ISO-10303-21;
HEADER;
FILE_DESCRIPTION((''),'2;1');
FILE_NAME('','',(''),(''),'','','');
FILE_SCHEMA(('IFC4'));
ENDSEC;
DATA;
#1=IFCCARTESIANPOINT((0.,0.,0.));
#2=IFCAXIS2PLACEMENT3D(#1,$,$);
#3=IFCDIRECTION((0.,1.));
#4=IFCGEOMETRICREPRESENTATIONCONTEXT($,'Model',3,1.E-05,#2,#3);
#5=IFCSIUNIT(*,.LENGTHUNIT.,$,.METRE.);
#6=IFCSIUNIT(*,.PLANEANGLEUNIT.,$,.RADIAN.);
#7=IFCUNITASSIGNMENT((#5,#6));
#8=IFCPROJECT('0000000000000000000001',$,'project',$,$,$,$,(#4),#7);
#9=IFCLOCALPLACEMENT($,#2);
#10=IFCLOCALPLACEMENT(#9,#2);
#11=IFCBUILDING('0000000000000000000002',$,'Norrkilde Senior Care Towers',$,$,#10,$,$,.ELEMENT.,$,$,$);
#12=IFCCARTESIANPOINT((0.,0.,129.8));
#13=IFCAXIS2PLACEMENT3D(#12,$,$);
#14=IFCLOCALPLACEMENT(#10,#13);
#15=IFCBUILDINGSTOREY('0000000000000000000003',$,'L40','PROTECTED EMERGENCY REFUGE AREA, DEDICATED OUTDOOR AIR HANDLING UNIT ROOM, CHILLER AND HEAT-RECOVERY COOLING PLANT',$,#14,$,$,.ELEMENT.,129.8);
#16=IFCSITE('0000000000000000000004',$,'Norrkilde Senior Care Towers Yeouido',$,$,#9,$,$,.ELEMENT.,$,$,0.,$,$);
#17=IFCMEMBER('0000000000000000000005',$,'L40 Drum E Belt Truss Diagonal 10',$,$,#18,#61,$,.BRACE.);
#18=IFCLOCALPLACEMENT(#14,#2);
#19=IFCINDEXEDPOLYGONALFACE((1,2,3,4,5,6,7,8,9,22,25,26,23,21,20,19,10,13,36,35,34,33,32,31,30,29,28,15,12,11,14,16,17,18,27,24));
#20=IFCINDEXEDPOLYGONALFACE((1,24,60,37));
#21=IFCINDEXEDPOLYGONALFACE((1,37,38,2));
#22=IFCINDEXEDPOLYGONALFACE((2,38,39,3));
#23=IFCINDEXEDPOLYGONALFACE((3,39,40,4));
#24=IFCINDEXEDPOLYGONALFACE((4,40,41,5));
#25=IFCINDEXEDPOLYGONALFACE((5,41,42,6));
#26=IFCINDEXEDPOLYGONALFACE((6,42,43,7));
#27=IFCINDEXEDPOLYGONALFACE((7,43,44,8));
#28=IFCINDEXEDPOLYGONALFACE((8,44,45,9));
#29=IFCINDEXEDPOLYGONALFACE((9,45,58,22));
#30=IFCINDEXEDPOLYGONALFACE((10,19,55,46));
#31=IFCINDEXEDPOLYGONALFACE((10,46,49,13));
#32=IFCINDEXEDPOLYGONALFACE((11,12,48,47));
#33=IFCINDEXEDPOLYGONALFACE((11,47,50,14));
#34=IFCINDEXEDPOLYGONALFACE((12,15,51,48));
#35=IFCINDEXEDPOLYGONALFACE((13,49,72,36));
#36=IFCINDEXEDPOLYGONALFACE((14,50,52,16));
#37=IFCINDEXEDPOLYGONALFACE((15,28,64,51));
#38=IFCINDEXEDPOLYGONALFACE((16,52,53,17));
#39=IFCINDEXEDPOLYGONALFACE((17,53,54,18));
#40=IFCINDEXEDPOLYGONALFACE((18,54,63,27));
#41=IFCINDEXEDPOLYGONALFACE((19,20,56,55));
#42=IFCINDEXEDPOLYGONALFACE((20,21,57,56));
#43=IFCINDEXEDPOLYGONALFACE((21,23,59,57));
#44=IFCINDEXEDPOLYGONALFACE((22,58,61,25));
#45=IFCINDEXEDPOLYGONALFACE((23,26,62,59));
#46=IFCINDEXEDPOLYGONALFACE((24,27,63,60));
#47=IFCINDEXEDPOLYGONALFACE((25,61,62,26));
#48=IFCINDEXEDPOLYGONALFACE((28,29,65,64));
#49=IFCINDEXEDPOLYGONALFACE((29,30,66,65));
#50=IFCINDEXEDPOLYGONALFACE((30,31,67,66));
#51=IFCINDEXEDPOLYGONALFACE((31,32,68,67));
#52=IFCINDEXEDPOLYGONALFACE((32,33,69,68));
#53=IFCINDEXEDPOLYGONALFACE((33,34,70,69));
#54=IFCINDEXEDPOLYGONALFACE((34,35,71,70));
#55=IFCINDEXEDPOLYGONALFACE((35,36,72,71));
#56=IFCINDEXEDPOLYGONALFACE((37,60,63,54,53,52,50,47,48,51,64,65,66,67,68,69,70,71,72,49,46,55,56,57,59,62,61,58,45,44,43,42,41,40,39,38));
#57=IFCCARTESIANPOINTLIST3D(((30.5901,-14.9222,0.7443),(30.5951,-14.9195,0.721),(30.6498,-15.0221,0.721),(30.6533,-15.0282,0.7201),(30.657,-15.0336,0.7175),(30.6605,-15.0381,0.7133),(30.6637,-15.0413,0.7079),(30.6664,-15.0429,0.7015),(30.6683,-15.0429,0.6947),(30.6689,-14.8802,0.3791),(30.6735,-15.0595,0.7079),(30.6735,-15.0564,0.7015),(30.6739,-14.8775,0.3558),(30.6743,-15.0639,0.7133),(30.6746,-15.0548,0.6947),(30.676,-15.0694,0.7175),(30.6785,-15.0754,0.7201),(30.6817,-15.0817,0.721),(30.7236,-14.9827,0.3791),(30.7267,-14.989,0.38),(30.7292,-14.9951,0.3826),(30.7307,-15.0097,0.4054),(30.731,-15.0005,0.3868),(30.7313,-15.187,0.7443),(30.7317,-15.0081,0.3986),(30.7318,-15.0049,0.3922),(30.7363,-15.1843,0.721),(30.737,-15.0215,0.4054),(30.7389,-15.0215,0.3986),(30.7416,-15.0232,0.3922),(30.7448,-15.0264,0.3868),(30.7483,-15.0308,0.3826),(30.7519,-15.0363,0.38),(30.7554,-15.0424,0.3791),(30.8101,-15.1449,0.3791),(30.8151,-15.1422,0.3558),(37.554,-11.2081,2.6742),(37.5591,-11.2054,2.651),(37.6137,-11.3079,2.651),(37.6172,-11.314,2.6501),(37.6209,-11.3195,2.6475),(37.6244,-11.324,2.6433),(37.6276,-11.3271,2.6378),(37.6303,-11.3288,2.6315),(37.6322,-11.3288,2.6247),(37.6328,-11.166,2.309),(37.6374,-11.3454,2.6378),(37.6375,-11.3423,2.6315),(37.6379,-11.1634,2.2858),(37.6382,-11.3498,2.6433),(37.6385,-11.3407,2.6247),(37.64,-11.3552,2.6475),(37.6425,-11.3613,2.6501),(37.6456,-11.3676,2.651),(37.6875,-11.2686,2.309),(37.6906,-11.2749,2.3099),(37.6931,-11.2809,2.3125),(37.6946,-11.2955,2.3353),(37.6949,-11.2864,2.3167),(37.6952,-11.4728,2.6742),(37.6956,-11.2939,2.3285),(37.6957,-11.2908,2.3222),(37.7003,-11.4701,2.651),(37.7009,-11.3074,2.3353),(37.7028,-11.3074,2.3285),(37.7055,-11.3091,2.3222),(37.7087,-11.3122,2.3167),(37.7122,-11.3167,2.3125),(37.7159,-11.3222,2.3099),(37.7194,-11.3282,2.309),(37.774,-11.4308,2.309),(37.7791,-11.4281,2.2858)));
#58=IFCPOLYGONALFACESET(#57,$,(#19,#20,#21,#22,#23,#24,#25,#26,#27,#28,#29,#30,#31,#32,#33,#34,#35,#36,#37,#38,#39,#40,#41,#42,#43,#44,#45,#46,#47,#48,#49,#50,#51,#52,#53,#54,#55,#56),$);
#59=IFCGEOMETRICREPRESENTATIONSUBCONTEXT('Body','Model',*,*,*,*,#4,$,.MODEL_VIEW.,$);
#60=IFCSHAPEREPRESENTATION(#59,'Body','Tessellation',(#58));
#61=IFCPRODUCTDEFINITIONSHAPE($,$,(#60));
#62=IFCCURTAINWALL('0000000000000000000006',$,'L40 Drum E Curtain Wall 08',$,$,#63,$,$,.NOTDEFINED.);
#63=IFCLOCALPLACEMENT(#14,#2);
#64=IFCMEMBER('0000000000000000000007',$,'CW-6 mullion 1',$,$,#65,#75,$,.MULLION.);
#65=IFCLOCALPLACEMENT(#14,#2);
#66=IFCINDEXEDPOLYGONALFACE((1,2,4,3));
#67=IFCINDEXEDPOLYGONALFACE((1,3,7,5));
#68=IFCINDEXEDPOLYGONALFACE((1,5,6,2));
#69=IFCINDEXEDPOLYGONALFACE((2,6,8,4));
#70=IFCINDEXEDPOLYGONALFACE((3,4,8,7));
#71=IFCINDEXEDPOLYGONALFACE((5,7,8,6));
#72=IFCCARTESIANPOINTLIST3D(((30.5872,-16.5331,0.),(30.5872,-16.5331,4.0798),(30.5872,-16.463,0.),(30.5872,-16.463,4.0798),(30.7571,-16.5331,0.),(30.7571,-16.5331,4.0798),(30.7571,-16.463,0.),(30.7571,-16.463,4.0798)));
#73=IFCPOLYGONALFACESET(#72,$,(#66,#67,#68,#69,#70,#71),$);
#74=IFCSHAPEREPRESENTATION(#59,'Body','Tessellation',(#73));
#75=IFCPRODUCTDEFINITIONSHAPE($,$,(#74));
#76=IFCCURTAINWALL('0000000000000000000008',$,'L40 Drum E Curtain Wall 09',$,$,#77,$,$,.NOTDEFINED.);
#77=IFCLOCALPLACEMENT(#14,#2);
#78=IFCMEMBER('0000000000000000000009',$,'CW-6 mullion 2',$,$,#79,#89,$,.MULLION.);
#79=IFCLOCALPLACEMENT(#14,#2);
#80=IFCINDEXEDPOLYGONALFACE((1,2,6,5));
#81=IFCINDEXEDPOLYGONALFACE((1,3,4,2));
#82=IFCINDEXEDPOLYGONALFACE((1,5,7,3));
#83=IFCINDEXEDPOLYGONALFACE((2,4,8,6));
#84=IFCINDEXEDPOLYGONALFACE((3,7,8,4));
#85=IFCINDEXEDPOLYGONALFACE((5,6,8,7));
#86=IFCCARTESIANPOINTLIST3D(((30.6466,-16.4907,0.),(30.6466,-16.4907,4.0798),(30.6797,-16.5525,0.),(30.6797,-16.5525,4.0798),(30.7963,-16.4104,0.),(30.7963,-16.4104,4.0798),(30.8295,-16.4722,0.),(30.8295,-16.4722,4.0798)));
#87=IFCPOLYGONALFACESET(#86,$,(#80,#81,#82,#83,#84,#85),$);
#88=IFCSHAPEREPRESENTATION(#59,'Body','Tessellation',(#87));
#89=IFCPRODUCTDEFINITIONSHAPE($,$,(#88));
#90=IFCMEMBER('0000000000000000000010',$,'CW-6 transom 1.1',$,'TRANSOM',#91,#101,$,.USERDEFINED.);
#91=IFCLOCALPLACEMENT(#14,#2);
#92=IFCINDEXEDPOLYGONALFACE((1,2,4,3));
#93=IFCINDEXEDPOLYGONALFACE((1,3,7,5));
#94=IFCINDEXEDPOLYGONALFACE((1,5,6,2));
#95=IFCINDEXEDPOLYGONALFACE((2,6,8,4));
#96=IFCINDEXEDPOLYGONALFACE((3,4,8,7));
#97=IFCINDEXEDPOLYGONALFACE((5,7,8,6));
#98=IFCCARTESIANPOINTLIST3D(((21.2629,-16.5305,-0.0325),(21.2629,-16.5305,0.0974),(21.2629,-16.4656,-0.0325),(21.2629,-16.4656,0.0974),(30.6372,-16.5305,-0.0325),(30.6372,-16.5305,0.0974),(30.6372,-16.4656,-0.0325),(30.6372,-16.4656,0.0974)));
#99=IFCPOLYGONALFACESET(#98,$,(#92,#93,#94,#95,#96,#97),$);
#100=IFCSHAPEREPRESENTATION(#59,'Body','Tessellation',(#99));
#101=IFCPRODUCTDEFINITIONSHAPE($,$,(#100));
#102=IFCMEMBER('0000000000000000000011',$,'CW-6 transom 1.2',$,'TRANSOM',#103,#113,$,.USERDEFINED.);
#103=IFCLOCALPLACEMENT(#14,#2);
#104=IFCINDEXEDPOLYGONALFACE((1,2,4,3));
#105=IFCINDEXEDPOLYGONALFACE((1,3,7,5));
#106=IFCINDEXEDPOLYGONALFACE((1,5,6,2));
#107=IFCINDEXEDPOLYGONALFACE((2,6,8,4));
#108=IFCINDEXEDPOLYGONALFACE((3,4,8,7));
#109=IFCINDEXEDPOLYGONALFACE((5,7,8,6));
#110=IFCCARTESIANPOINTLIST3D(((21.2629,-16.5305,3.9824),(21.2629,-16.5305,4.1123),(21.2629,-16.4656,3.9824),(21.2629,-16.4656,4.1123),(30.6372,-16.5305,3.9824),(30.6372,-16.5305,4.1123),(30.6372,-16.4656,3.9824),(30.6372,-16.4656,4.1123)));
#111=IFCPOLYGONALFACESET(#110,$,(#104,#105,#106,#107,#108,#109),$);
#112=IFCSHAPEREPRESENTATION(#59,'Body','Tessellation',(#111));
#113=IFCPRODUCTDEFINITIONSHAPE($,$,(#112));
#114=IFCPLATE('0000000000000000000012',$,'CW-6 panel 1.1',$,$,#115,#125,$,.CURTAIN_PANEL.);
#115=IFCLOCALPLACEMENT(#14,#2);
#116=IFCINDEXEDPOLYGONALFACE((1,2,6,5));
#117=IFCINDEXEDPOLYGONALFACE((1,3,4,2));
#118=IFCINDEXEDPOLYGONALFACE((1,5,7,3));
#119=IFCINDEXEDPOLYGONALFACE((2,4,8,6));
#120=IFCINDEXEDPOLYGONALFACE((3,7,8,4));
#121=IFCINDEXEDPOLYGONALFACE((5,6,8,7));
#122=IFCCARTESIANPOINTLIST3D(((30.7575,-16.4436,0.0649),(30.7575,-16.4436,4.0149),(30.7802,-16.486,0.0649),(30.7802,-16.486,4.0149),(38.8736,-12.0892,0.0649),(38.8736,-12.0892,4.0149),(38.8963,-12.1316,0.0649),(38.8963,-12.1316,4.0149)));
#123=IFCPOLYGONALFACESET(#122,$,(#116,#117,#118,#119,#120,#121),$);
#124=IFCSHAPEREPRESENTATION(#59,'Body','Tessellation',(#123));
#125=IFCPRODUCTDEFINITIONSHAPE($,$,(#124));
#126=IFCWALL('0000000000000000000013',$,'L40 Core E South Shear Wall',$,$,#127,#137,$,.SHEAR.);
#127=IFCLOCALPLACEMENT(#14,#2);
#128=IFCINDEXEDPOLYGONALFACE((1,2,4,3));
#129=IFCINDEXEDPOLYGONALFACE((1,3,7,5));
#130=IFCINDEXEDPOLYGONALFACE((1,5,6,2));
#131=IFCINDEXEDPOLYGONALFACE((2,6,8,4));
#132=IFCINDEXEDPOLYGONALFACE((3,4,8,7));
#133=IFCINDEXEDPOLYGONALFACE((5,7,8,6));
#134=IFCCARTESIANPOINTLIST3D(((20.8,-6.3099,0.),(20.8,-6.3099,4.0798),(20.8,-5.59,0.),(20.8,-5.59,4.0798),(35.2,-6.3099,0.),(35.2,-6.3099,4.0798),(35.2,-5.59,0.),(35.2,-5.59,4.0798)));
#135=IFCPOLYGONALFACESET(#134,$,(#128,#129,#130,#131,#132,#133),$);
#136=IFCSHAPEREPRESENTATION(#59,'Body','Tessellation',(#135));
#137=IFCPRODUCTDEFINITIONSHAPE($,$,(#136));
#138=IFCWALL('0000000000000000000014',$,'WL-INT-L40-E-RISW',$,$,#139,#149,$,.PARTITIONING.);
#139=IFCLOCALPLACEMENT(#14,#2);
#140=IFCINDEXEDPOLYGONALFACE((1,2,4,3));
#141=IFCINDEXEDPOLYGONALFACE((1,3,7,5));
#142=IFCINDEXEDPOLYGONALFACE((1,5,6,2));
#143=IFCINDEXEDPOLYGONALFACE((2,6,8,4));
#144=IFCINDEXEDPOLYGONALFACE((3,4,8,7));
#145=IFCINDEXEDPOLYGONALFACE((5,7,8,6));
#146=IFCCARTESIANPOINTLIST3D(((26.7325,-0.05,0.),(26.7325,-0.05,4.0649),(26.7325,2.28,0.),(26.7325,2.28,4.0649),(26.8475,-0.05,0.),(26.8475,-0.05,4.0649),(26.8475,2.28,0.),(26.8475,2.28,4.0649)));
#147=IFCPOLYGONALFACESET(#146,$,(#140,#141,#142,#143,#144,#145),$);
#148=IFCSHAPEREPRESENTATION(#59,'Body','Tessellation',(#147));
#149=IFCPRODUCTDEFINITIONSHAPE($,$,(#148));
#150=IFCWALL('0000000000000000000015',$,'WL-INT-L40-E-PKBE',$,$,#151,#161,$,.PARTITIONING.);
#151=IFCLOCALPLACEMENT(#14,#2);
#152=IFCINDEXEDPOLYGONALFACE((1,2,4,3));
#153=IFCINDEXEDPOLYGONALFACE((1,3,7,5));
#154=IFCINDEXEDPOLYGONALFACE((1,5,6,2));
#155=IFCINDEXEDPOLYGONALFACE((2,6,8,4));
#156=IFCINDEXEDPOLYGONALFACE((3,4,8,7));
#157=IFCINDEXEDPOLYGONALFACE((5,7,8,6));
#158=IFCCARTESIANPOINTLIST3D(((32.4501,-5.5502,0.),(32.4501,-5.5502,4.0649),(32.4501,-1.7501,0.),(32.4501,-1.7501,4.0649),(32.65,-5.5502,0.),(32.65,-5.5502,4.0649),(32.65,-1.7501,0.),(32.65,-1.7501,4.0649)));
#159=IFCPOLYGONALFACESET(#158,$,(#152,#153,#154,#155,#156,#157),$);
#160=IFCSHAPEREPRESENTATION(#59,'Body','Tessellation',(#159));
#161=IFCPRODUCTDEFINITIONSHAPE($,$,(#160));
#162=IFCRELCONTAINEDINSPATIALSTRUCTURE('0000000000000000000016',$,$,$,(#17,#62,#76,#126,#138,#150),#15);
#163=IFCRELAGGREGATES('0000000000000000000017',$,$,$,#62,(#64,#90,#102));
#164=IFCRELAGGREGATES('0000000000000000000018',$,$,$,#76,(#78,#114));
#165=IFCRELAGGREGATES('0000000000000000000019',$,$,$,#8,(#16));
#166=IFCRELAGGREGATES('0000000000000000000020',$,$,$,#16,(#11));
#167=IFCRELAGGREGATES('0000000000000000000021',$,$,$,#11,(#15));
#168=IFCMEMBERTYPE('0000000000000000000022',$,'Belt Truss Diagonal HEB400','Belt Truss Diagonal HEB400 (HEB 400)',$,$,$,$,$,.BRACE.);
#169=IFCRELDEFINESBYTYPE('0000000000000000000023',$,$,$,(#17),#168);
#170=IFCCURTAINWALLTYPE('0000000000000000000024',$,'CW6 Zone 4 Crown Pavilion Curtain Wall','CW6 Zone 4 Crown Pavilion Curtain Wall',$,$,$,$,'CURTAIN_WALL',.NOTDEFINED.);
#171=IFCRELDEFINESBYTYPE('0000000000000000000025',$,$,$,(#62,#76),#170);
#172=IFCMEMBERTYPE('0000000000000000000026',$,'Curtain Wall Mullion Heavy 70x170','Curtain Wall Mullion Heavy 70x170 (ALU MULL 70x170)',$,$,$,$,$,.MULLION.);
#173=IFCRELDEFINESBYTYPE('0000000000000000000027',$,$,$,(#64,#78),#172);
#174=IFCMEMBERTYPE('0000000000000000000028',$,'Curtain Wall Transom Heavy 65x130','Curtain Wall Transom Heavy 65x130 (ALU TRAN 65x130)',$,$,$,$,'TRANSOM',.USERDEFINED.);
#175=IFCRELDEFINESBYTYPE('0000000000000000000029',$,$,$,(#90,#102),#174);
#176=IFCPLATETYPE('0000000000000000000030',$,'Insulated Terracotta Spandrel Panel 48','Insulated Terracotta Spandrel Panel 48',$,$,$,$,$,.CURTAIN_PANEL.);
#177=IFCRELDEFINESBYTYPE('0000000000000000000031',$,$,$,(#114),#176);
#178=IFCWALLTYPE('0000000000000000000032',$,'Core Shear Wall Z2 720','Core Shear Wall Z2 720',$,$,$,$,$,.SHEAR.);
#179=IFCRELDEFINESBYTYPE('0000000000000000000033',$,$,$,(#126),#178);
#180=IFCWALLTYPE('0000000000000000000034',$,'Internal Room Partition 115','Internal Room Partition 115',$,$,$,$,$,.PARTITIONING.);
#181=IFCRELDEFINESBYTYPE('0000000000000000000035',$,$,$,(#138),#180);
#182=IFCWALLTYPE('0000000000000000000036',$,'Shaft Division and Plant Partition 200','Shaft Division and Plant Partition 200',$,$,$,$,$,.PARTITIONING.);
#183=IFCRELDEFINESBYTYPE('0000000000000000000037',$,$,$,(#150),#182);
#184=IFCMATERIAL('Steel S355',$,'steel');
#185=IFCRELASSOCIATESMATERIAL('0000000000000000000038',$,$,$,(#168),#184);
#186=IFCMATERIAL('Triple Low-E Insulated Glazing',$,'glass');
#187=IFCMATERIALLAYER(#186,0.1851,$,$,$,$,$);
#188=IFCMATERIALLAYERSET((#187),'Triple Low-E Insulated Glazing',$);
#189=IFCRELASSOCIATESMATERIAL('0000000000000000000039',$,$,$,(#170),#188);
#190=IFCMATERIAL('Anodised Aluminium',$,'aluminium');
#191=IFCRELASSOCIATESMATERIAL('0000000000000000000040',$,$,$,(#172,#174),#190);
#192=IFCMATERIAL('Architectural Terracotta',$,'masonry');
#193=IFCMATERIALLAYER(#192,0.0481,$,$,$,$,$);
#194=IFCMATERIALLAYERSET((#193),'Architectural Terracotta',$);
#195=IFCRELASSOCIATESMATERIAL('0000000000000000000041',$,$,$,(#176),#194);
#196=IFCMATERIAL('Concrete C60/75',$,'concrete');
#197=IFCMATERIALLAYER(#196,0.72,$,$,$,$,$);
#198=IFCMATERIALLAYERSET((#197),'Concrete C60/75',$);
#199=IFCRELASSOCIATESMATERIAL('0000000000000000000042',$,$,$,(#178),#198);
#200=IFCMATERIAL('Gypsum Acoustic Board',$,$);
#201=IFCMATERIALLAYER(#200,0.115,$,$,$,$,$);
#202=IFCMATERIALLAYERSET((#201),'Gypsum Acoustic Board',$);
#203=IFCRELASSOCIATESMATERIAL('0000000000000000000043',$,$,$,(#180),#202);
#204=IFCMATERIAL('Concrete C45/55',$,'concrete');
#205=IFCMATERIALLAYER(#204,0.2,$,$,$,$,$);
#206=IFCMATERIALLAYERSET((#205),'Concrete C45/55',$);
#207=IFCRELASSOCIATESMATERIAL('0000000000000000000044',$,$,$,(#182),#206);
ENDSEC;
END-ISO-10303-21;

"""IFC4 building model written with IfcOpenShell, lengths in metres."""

from ifc_helpers import new_model, si_unit, direction, frame, frame_2d, origin, origin_2d, place, context, subcontext, project, spatial, rectangle, i_section, extrude, source, transform, mapped, material, layer, layer_set, material_profile, profile_set, type_object, type_shapes, element, aggregate, save


model = new_model("IFC4")

# Units and contexts
model_context = context("Model", 3, precision=1e-05, world=origin(), true_north=direction((0.0, 1.0)))
body_context = subcontext(model_context, "Body", "Model", "MODEL_VIEW")
ifc_project = project(units=[si_unit("LENGTHUNIT", "METRE"), si_unit("PLANEANGLEUNIT", "RADIAN")], contexts=[model_context])

# Site, building, storey
site_placement = place(None, origin())
site = spatial("IfcSite", under=ifc_project, at=site_placement, Name="Norrkilde Senior Care Towers Yeouido", CompositionType="ELEMENT", RefElevation=0.0)
building_placement = place(site_placement, origin())
building = spatial("IfcBuilding", under=site, at=building_placement, Name="Norrkilde Senior Care Towers", CompositionType="ELEMENT")
storey_placement = place(building_placement, frame((0.0, 0.0, 129.8)))
storey = spatial("IfcBuildingStorey", under=building, at=storey_placement, Name="L40", Description="PROTECTED EMERGENCY REFUGE AREA, DEDICATED OUTDOOR AIR HANDLING UNIT ROOM, CHILLER AND HEAT-RECOVERY COOLING PLANT", CompositionType="ELEMENT", Elevation=129.8)

# Shared definitions
ifc_material_1 = material(Name="Concrete C60/75", Category="concrete")

# Member
ifc_material_2 = material(Name="Steel S355", Category="steel")
ifc_material_profile_1 = material_profile(ifc_material_2, i_section(OverallWidth=0.3, OverallDepth=0.3999, WebThickness=0.0134, FlangeThickness=0.0239, FilletRadius=0.0271, at=origin_2d()), Name="HEB 400")
ifc_profile_set_1 = profile_set([ifc_material_profile_1], Name="Steel S355")
member_type_1 = type_object("IfcMemberType", Name="Belt Truss Diagonal HEB400", Description="Belt Truss Diagonal HEB400 (HEB 400)", PredefinedType="BRACE", material=ifc_profile_set_1)
shared_shape_1 = source(origin(), body_context, "Body", "SweptSolid", [
    extrude(i_section(OverallWidth=0.3, OverallDepth=0.3999, WebThickness=0.0134, FlangeThickness=0.0239, FilletRadius=0.0271, at=origin_2d()), origin(), (0.0, 0.0, 1.0), 8.125),
])
type_shapes(member_type_1, [shared_shape_1])
member_1_placement = place(storey_placement, frame((30.7026, -15.0322, 0.55), z_axis=(0.857097, 0.457125, 0.237532), x_axis=(-0.470593, 0.88235, 0.0)))
element("IfcMember", 1, at=member_1_placement, inside=storey, type_object=member_type_1, Name="L40 Drum E Belt Truss Diagonal 10", PredefinedType="BRACE", context=body_context, shape_type="MappedRepresentation", body=[
    mapped(shared_shape_1, transform((0.0, 0.0, 0.0), x_axis=(1.0, 0.0, 0.0), y_axis=(0.0, 1.0, 0.0), z_axis=(0.0, 0.0, 1.0), scale=1.0)),
])

# Curtain walls, members
ifc_material_3 = material(Name="Triple Low-E Insulated Glazing", Category="glass")
ifc_layer_1 = layer(ifc_material_3, 0.1851)
ifc_layer_set_1 = layer_set([ifc_layer_1], Name="Triple Low-E Insulated Glazing")
curtain_wall_type = type_object("IfcCurtainWallType", Name="CW6 Zone 4 Crown Pavilion Curtain Wall", Description="CW6 Zone 4 Crown Pavilion Curtain Wall", ElementType="CURTAIN_WALL", PredefinedType="NOTDEFINED", material=ifc_layer_set_1)
curtain_wall_1_placement = place(storey_placement, origin())
curtain_wall_1 = element("IfcCurtainWall", 2, at=curtain_wall_1_placement, inside=storey, type_object=curtain_wall_type, Name="L40 Drum E Curtain Wall 08", PredefinedType="NOTDEFINED")
ifc_material_4 = material(Name="Anodised Aluminium", Category="aluminium")
ifc_material_profile_2 = material_profile(ifc_material_4, rectangle(XDim=0.0701, YDim=0.1699, at=origin_2d()), Name="ALU MULL 70x170")
ifc_profile_set_2 = profile_set([ifc_material_profile_2], Name="Anodised Aluminium")
member_type_2 = type_object("IfcMemberType", Name="Curtain Wall Mullion Heavy 70x170", Description="Curtain Wall Mullion Heavy 70x170 (ALU MULL 70x170)", PredefinedType="MULLION", material=ifc_profile_set_2)
shared_shape_2 = source(origin(), body_context, "Body", "SweptSolid", [
    extrude(rectangle(XDim=0.0701, YDim=0.1699, at=origin_2d()), origin(), (0.0, 0.0, 1.0), 4.0798),
])
type_shapes(member_type_2, [shared_shape_2])
member_2_placement = place(storey_placement, frame((30.6721, -16.498, 0.0), z_axis=(0.0, 0.0, 1.0), x_axis=(0.0, -1.0, 0.0)))
member_2 = element("IfcMember", 3, at=member_2_placement, type_object=member_type_2, Name="CW-6 mullion 1", PredefinedType="MULLION", context=body_context, shape_type="MappedRepresentation", body=[
    mapped(shared_shape_2, transform((0.0, 0.0, 0.0), x_axis=(1.0, 0.0, 0.0), y_axis=(0.0, 1.0, 0.0), z_axis=(0.0, 0.0, 1.0), scale=1.0)),
])
curtain_wall_2_placement = place(storey_placement, origin())
curtain_wall_2 = element("IfcCurtainWall", 4, at=curtain_wall_2_placement, inside=storey, type_object=curtain_wall_type, Name="L40 Drum E Curtain Wall 09", PredefinedType="NOTDEFINED")
member_3_placement = place(storey_placement, frame((30.738, -16.4814, 0.0), z_axis=(0.0, 0.0, 1.0), x_axis=(0.472769, -0.881186, 0.0)))
member_3 = element("IfcMember", 5, at=member_3_placement, type_object=member_type_2, Name="CW-6 mullion 2", PredefinedType="MULLION", context=body_context, shape_type="MappedRepresentation", body=[
    mapped(shared_shape_2, transform((0.0, 0.0, 0.0), x_axis=(1.0, 0.0, 0.0), y_axis=(0.0, 1.0, 0.0), z_axis=(0.0, 0.0, 1.0), scale=1.0)),
])

# Members
ifc_material_profile_3 = material_profile(ifc_material_4, rectangle(XDim=0.0649, YDim=0.1299, at=origin_2d()), Name="ALU TRAN 65x130")
ifc_profile_set_3 = profile_set([ifc_material_profile_3], Name="Anodised Aluminium")
member_type_3 = type_object("IfcMemberType", Name="Curtain Wall Transom Heavy 65x130", Description="Curtain Wall Transom Heavy 65x130 (ALU TRAN 65x130)", ElementType="TRANSOM", PredefinedType="USERDEFINED", material=ifc_profile_set_3)
shared_shape_3 = source(origin(), body_context, "Body", "SweptSolid", [
    extrude(rectangle(XDim=0.0649, YDim=0.1299, at=origin_2d()), origin(), (0.0, 0.0, 1.0), 9.3743),
])
type_shapes(member_type_3, [shared_shape_3])
member_4_placement = place(storey_placement, frame((30.6372, -16.498, 0.0325), z_axis=(-1.0, 0.0, 0.0), x_axis=(0.0, -1.0, 0.0)))
member_4 = element("IfcMember", 6, at=member_4_placement, type_object=member_type_3, Name="CW-6 transom 1.1", ObjectType="TRANSOM", PredefinedType="USERDEFINED", context=body_context, shape_type="MappedRepresentation", body=[
    mapped(shared_shape_3, transform((0.0, 0.0, 0.0), x_axis=(1.0, 0.0, 0.0), y_axis=(0.0, 1.0, 0.0), z_axis=(0.0, 0.0, 1.0), scale=1.0)),
])
member_5_placement = place(storey_placement, frame((30.6372, -16.498, 4.0474), z_axis=(-1.0, 0.0, 0.0), x_axis=(0.0, -1.0, 0.0)))
member_5 = element("IfcMember", 7, at=member_5_placement, type_object=member_type_3, Name="CW-6 transom 1.2", ObjectType="TRANSOM", PredefinedType="USERDEFINED", context=body_context, shape_type="MappedRepresentation", body=[
    mapped(shared_shape_3, transform((0.0, 0.0, 0.0), x_axis=(1.0, 0.0, 0.0), y_axis=(0.0, 1.0, 0.0), z_axis=(0.0, 0.0, 1.0), scale=1.0)),
])
aggregate(curtain_wall_1, [member_2, member_4, member_5])

# Plate
ifc_material_5 = material(Name="Architectural Terracotta", Category="masonry")
ifc_layer_2 = layer(ifc_material_5, 0.0481)
ifc_layer_set_2 = layer_set([ifc_layer_2], Name="Architectural Terracotta")
plate_type = type_object("IfcPlateType", Name="Insulated Terracotta Spandrel Panel 48", Description="Insulated Terracotta Spandrel Panel 48", PredefinedType="CURTAIN_PANEL", material=ifc_layer_set_2)
shared_shape_4 = source(origin(), body_context, "Body", "SweptSolid", [
    extrude(rectangle(XDim=9.2104, YDim=0.0481, at=origin_2d()), origin(), (0.0, 0.0, 1.0), 3.95),
])
type_shapes(plate_type, [shared_shape_4])
plate_placement = place(storey_placement, frame((34.8269, -14.2876, 0.0649), z_axis=(0.0, 0.0, 1.0), x_axis=(-0.881186, -0.472769, 0.0)))
plate = element("IfcPlate", 8, at=plate_placement, type_object=plate_type, Name="CW-6 panel 1.1", PredefinedType="CURTAIN_PANEL", context=body_context, shape_type="MappedRepresentation", body=[
    mapped(shared_shape_4, transform((0.0, 0.0, 0.0), x_axis=(1.0, 0.0, 0.0), y_axis=(0.0, 1.0, 0.0), z_axis=(0.0, 0.0, 1.0), scale=1.0)),
])
aggregate(curtain_wall_2, [member_3, plate])

# Walls
ifc_layer_3 = layer(ifc_material_1, 0.72)
ifc_layer_set_3 = layer_set([ifc_layer_3], Name="Concrete C60/75")
wall_type_1 = type_object("IfcWallType", Name="Core Shear Wall Z2 720", Description="Core Shear Wall Z2 720", PredefinedType="SHEAR", material=ifc_layer_set_3)
shared_shape_5 = source(origin(), body_context, "Body", "SweptSolid", [
    extrude(rectangle(XDim=14.3999, YDim=0.72, at=frame_2d((7.2, 0.0))), origin(), (0.0, 0.0, 1.0), 4.0798),
])
type_shapes(wall_type_1, [shared_shape_5])
wall_1_placement = place(storey_placement, frame((35.2, -5.95, 0.0), z_axis=(0.0, 0.0, 1.0), x_axis=(-1.0, 0.0, 0.0)))
element("IfcWall", 9, at=wall_1_placement, inside=storey, type_object=wall_type_1, Name="L40 Core E South Shear Wall", PredefinedType="SHEAR", context=body_context, shape_type="MappedRepresentation", body=[
    mapped(shared_shape_5, transform((0.0, 0.0, 0.0), x_axis=(1.0, 0.0, 0.0), y_axis=(0.0, 1.0, 0.0), z_axis=(0.0, 0.0, 1.0), scale=1.0)),
])
ifc_material_6 = material(Name="Gypsum Acoustic Board")
ifc_layer_4 = layer(ifc_material_6, 0.115)
ifc_layer_set_4 = layer_set([ifc_layer_4], Name="Gypsum Acoustic Board")
wall_type_2 = type_object("IfcWallType", Name="Internal Room Partition 115", Description="Internal Room Partition 115", PredefinedType="PARTITIONING", material=ifc_layer_set_4)
shared_shape_6 = source(origin(), body_context, "Body", "SweptSolid", [
    extrude(rectangle(XDim=2.3301, YDim=0.115, at=frame_2d((1.165, 0.0))), origin(), (0.0, 0.0, 1.0), 4.0649),
])
type_shapes(wall_type_2, [shared_shape_6])
wall_2_placement = place(storey_placement, frame((26.79, -0.05, 0.0), z_axis=(0.0, 0.0, 1.0), x_axis=(0.0, 1.0, 0.0)))
element("IfcWall", 10, at=wall_2_placement, inside=storey, type_object=wall_type_2, Name="WL-INT-L40-E-RISW", PredefinedType="PARTITIONING", context=body_context, shape_type="MappedRepresentation", body=[
    mapped(shared_shape_6, transform((0.0, 0.0, 0.0), x_axis=(1.0, 0.0, 0.0), y_axis=(0.0, 1.0, 0.0), z_axis=(0.0, 0.0, 1.0), scale=1.0)),
])
ifc_material_7 = material(Name="Concrete C45/55", Category="concrete")
ifc_layer_5 = layer(ifc_material_7, 0.2)
ifc_layer_set_5 = layer_set([ifc_layer_5], Name="Concrete C45/55")
wall_type_3 = type_object("IfcWallType", Name="Shaft Division and Plant Partition 200", Description="Shaft Division and Plant Partition 200", PredefinedType="PARTITIONING", material=ifc_layer_set_5)
shared_shape_7 = source(origin(), body_context, "Body", "SweptSolid", [
    extrude(rectangle(XDim=3.8, YDim=0.2, at=frame_2d((1.8999, 0.0))), origin(), (0.0, 0.0, 1.0), 4.0649),
])
type_shapes(wall_type_3, [shared_shape_7])
wall_3_placement = place(storey_placement, frame((32.55, -5.55, 0.0), z_axis=(0.0, 0.0, 1.0), x_axis=(0.0, 1.0, 0.0)))
element("IfcWall", 11, at=wall_3_placement, inside=storey, type_object=wall_type_3, Name="WL-INT-L40-E-PKBE", PredefinedType="PARTITIONING", context=body_context, shape_type="MappedRepresentation", body=[
    mapped(shared_shape_7, transform((0.0, 0.0, 0.0), x_axis=(1.0, 0.0, 0.0), y_axis=(0.0, 1.0, 0.0), z_axis=(0.0, 0.0, 1.0), scale=1.0)),
])

save(model, "model.ifc")
